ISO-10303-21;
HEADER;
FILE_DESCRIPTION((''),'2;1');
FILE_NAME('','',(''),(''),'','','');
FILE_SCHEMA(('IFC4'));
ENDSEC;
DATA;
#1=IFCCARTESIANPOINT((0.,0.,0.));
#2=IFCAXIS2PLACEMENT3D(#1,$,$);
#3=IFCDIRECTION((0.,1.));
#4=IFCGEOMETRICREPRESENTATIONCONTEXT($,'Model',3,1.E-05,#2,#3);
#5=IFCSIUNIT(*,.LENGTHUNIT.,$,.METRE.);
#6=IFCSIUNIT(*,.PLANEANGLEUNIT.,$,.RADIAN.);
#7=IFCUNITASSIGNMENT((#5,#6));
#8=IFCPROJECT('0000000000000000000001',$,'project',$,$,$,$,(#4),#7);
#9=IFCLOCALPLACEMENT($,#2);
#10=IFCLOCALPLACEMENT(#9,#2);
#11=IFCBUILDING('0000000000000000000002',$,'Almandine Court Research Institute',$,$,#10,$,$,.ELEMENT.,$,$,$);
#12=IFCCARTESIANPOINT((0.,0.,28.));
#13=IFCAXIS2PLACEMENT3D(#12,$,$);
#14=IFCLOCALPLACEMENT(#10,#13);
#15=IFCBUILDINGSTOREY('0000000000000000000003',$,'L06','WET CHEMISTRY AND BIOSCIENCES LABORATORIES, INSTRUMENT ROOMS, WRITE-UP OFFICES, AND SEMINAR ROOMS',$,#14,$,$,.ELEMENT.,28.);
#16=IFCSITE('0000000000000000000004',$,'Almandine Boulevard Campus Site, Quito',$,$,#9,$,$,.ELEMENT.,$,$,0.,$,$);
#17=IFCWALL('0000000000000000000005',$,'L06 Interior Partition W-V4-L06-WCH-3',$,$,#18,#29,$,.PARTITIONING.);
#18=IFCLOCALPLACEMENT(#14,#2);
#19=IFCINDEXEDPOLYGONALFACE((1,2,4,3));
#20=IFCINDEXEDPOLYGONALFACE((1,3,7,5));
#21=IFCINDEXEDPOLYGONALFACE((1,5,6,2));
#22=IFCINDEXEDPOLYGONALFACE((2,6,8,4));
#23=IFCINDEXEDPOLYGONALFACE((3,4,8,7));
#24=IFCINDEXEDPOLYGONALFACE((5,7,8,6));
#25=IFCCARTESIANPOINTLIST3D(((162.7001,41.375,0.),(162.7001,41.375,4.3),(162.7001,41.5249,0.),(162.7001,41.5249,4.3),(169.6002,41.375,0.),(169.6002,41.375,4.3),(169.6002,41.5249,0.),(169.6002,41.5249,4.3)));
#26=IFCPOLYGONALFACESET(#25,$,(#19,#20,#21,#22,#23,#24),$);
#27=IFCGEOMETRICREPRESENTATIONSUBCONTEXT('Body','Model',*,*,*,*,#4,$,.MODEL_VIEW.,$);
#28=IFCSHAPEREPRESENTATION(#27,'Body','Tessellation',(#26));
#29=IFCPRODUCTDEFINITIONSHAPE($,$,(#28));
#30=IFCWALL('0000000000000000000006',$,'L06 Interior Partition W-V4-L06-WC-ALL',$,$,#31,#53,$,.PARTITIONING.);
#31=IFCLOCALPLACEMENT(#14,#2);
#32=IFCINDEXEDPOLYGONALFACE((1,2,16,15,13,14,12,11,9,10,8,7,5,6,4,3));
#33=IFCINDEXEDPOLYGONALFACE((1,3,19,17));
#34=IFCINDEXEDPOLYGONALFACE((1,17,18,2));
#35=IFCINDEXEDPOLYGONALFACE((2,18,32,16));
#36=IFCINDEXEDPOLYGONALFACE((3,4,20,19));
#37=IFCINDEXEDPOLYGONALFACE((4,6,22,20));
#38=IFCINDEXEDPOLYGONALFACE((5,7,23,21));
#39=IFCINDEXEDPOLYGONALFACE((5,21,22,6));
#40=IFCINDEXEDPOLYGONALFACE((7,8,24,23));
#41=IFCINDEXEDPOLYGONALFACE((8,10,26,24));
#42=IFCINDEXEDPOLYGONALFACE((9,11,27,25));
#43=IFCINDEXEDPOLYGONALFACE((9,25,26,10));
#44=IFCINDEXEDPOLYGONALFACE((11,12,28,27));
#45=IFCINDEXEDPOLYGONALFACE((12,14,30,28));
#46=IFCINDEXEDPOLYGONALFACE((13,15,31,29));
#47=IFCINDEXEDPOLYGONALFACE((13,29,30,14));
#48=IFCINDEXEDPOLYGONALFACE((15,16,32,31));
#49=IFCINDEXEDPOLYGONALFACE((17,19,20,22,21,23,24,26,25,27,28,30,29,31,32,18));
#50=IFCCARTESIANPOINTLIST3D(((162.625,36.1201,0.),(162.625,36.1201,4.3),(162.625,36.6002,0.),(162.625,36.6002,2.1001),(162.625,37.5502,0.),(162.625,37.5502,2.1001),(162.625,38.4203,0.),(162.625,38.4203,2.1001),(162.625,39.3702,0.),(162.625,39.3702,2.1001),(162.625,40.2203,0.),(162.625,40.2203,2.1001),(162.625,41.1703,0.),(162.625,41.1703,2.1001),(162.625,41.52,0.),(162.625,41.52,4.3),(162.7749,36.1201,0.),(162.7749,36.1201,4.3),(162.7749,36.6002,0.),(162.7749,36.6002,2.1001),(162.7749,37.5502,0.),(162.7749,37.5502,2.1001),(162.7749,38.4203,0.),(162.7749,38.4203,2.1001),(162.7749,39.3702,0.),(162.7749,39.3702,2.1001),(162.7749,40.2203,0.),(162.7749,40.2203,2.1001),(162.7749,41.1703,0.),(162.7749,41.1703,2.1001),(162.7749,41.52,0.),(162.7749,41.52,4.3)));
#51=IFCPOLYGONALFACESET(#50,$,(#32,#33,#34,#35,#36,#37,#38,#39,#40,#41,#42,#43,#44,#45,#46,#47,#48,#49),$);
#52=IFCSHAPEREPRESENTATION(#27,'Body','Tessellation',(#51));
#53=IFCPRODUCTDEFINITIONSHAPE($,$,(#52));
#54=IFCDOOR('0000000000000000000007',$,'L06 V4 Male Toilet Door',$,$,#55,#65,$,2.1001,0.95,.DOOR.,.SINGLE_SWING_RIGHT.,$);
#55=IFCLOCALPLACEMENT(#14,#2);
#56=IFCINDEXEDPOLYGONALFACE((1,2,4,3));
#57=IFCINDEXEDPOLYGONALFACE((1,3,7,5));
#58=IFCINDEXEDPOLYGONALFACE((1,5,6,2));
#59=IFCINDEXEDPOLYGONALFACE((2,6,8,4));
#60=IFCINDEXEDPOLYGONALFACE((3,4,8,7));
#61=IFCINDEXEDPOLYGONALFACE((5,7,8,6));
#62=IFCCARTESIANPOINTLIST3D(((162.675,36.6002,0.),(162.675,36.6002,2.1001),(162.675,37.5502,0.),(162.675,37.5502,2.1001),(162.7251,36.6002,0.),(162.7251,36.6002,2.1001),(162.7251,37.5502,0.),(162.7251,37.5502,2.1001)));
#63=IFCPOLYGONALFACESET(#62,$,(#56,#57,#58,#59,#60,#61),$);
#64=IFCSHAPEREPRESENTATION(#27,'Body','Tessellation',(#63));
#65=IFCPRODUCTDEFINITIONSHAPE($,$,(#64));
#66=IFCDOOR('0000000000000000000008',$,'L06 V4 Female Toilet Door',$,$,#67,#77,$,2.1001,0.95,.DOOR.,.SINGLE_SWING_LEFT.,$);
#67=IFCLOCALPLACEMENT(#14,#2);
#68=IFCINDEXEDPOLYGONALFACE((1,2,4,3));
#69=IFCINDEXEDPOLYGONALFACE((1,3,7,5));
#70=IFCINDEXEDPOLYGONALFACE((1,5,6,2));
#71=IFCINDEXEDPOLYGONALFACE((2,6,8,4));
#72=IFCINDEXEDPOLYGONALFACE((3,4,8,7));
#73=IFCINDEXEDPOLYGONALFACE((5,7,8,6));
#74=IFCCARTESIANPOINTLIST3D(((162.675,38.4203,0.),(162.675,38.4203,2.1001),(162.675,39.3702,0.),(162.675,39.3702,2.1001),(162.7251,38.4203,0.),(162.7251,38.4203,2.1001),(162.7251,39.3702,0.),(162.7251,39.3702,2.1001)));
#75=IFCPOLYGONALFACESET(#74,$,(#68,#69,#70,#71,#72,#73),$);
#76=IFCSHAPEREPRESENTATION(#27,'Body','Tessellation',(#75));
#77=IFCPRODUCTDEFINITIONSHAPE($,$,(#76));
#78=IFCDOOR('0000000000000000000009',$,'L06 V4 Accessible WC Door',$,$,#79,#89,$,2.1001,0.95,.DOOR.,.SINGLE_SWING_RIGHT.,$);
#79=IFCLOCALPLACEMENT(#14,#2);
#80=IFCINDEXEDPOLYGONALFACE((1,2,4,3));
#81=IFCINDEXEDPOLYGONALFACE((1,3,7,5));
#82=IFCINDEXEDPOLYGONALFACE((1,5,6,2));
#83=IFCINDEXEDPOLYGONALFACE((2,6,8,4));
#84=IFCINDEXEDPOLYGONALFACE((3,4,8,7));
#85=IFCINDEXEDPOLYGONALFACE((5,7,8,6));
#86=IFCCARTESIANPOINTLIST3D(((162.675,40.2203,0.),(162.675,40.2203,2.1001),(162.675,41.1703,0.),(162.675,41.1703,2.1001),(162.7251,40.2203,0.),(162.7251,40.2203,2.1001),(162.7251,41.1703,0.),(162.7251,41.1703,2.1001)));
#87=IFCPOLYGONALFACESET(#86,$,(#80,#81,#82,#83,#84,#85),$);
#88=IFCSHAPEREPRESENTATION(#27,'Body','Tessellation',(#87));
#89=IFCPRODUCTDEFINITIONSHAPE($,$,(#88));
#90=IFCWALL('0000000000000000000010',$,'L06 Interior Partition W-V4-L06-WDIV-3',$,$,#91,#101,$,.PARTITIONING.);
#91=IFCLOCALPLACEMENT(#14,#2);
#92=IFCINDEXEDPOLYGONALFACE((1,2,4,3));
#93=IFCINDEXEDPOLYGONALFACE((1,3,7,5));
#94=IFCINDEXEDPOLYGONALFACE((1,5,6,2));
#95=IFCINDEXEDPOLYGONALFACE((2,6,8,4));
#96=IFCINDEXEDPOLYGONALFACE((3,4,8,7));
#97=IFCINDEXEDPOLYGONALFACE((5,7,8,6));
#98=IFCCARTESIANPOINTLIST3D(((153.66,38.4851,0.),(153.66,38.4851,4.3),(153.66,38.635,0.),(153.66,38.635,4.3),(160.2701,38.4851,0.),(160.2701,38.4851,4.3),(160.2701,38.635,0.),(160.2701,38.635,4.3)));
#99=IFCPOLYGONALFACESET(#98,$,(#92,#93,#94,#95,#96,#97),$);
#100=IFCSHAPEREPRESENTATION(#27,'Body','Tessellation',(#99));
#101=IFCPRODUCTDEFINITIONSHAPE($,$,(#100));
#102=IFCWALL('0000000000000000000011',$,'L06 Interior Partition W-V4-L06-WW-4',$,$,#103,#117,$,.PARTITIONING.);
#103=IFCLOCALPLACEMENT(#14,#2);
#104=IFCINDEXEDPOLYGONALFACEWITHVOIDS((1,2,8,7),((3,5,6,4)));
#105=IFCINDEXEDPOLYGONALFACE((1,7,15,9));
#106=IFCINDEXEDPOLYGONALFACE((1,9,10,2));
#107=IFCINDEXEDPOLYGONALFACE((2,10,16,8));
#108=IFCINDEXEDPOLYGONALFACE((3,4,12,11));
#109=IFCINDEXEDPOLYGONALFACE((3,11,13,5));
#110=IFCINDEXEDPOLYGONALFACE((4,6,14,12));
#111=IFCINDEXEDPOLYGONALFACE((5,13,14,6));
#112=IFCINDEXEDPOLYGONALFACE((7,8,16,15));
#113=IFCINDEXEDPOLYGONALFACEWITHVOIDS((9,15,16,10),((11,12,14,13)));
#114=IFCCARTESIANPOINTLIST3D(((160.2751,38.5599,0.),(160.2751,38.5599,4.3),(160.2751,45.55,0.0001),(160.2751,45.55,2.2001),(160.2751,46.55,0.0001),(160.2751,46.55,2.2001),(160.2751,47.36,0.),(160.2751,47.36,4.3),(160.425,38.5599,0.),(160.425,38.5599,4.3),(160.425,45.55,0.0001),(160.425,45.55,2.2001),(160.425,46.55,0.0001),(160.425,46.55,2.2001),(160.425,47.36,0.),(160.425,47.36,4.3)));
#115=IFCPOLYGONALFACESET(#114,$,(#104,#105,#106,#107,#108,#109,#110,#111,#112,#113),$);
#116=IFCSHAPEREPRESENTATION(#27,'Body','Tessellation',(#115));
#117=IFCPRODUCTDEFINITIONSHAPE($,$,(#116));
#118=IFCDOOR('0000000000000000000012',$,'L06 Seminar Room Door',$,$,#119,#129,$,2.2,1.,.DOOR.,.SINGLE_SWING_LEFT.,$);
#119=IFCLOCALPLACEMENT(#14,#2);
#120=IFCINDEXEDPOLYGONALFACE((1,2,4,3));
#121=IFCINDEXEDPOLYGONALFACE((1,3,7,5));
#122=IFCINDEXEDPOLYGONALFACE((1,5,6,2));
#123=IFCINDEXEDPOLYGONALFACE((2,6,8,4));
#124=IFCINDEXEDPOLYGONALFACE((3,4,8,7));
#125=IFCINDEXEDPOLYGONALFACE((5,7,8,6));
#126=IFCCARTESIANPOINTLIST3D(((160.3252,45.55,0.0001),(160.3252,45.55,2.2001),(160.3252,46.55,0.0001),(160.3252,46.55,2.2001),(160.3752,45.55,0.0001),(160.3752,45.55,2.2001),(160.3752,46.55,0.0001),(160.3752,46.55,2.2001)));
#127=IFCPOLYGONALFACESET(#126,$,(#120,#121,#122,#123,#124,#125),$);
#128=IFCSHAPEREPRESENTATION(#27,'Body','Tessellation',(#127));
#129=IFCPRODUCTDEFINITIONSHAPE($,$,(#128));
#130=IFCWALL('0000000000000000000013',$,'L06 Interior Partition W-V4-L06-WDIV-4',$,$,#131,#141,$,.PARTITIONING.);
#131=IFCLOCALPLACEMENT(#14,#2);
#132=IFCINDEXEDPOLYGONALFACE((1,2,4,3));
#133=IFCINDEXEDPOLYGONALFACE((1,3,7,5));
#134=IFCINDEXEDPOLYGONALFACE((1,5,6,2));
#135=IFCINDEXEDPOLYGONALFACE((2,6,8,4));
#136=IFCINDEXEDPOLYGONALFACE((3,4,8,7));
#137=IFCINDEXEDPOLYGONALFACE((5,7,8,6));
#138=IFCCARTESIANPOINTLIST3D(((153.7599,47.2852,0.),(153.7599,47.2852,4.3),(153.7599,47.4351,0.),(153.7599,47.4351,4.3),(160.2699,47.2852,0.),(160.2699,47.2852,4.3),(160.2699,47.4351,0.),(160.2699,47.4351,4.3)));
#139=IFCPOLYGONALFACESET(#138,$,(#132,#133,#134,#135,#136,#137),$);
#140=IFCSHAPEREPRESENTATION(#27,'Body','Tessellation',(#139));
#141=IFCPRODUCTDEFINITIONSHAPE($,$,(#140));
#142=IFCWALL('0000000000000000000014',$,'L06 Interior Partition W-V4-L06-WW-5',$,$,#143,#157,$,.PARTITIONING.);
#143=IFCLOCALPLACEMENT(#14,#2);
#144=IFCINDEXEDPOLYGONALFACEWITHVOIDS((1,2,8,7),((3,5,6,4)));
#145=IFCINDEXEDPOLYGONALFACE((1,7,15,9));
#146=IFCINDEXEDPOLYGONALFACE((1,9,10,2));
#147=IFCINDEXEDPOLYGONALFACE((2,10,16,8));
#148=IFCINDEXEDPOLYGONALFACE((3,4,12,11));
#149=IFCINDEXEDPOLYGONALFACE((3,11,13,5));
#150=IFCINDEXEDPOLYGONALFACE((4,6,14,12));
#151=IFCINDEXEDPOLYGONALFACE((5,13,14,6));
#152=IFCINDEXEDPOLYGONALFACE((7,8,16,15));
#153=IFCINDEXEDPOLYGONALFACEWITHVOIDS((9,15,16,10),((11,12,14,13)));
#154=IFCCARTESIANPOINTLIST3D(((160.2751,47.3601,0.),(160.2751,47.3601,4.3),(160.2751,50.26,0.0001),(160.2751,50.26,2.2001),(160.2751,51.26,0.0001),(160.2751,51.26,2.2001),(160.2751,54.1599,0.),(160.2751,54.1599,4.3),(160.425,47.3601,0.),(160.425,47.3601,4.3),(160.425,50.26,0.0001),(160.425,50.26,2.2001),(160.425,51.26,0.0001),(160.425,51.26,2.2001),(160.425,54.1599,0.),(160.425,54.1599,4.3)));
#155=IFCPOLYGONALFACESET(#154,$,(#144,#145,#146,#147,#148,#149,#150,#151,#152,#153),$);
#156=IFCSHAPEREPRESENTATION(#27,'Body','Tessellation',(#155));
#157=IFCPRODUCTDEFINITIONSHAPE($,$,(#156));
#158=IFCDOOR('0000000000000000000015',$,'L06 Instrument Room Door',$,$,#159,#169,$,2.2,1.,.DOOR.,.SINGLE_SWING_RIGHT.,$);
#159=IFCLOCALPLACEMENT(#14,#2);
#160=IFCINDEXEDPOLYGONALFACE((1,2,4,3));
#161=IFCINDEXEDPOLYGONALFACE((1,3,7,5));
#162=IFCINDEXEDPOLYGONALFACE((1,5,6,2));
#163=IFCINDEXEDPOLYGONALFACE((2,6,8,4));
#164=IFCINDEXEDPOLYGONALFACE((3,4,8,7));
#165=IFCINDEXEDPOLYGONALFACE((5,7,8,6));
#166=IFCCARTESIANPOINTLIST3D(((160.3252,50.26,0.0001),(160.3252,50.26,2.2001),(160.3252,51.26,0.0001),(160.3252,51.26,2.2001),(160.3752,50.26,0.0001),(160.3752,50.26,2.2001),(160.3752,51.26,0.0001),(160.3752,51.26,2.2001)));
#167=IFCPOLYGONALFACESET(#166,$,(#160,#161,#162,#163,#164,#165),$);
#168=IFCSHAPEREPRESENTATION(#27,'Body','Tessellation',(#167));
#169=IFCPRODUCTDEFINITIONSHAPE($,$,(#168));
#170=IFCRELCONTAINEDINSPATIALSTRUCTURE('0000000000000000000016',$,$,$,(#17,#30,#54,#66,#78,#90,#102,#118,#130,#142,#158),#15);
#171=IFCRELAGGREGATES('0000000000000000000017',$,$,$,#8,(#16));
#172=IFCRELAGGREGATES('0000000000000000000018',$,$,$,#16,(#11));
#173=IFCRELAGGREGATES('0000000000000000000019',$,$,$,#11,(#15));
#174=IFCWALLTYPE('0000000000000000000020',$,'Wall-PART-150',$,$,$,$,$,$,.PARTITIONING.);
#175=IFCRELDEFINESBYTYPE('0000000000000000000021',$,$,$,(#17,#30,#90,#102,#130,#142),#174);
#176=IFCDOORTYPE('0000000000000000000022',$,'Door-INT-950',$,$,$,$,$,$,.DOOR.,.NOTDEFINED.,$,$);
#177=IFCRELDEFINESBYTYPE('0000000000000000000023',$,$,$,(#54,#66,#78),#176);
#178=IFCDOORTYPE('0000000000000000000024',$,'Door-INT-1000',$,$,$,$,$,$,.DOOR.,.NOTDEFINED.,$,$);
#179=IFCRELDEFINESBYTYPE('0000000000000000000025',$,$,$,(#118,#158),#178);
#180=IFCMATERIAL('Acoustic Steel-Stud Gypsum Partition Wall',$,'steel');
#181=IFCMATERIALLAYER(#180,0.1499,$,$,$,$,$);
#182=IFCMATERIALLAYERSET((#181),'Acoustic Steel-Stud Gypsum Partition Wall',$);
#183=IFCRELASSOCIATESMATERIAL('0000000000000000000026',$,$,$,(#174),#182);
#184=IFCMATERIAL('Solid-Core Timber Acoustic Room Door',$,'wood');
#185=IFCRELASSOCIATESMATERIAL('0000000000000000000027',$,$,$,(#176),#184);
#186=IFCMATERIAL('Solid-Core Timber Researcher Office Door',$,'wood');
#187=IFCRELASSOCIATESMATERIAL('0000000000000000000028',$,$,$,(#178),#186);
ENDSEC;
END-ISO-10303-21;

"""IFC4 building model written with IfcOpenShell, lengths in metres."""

from ifc_helpers import new_model, si_unit, direction, frame, frame_2d, origin, place, context, subcontext, project, spatial, rectangle, extrude, material, layer, layer_set, type_object, element, fill, save


model = new_model("IFC4")

# Units and contexts
model_context = context("Model", 3, precision=1e-05, world=origin(), true_north=direction((0.0, 1.0)))
body_context = subcontext(model_context, "Body", "Model", "MODEL_VIEW")
ifc_project = project(units=[si_unit("LENGTHUNIT", "METRE"), si_unit("PLANEANGLEUNIT", "RADIAN")], contexts=[model_context])

# Site, building, storey
site_placement = place(None, origin())
site = spatial("IfcSite", under=ifc_project, at=site_placement, Name="Almandine Boulevard Campus Site, Quito", CompositionType="ELEMENT", RefElevation=0.0)
building_placement = place(site_placement, origin())
building = spatial("IfcBuilding", under=site, at=building_placement, Name="Almandine Court Research Institute", CompositionType="ELEMENT")
storey_placement = place(building_placement, frame((0.0, 0.0, 28.0)))
storey = spatial("IfcBuildingStorey", under=building, at=storey_placement, Name="L06", Description="WET CHEMISTRY AND BIOSCIENCES LABORATORIES, INSTRUMENT ROOMS, WRITE-UP OFFICES, AND SEMINAR ROOMS", CompositionType="ELEMENT", Elevation=28.0)

# Wall
ifc_material_1 = material(Name="Acoustic Steel-Stud Gypsum Partition Wall", Category="steel")
ifc_layer_1 = layer(ifc_material_1, 0.1499)
ifc_layer_set_1 = layer_set([ifc_layer_1], Name="Acoustic Steel-Stud Gypsum Partition Wall")
wall_type_1 = type_object("IfcWallType", Name="Wall-PART-150", PredefinedType="PARTITIONING", material=ifc_layer_set_1)
for number, where, z_axis, x_axis, name in (
    (1, (162.7, 41.45, 0.0), (0.0, 0.0, 1.0), (1.0, 0.0, 0.0), "L06 Interior Partition W-V4-L06-WCH-3"),
):
    element("IfcWall", number, at=place(storey_placement, frame(where, z_axis=z_axis, x_axis=x_axis)), inside=storey, type_object=wall_type_1, Name=name, PredefinedType="PARTITIONING", context=body_context, shape_type="SweptSolid", body=[
        extrude(rectangle(XDim=6.9001, YDim=0.1499, at=frame_2d((3.4502, 0.0))), origin(), (0.0, 0.0, 1.0), 4.3),
    ])

# Wall, openings, doors
wall_1_placement = place(storey_placement, frame((162.7, 36.1201, 0.0), z_axis=(0.0, 0.0, 1.0), x_axis=(0.0, 1.0, 0.0)))
wall_1 = element("IfcWall", 2, at=wall_1_placement, inside=storey, type_object=wall_type_1, Name="L06 Interior Partition W-V4-L06-WC-ALL", PredefinedType="PARTITIONING", context=body_context, shape_type="SweptSolid", body=[
    extrude(rectangle(XDim=5.3999, YDim=0.1499, at=frame_2d((2.7, 0.0))), origin(), (0.0, 0.0, 1.0), 4.3),
])
opening_1_placement = place(wall_1_placement, frame((0.48, 0.0, 0.0)))
opening_1 = element("IfcOpeningElement", 3, at=opening_1_placement, cuts=wall_1, PredefinedType="OPENING", context=body_context, shape_type="SweptSolid", body=[
    extrude(rectangle(XDim=0.95, YDim=2.1001, at=frame_2d((0.4751, 1.05))), frame((0.0, 0.085, 0.0), z_axis=(0.0, -1.0, 0.0), x_axis=(1.0, 0.0, 0.0)), (0.0, 0.0, 1.0), 0.1699),
])
opening_2_placement = place(wall_1_placement, frame((2.3, 0.0, 0.0)))
opening_2 = element("IfcOpeningElement", 4, at=opening_2_placement, cuts=wall_1, PredefinedType="OPENING", context=body_context, shape_type="SweptSolid", body=[
    extrude(rectangle(XDim=0.95, YDim=2.1001, at=frame_2d((0.4751, 1.05))), frame((0.0, 0.085, 0.0), z_axis=(0.0, -1.0, 0.0), x_axis=(1.0, 0.0, 0.0)), (0.0, 0.0, 1.0), 0.1699),
])
opening_3_placement = place(wall_1_placement, frame((4.1001, 0.0, 0.0)))
opening_3 = element("IfcOpeningElement", 5, at=opening_3_placement, cuts=wall_1, PredefinedType="OPENING", context=body_context, shape_type="SweptSolid", body=[
    extrude(rectangle(XDim=0.95, YDim=2.1001, at=frame_2d((0.4751, 1.05))), frame((0.0, 0.085, 0.0), z_axis=(0.0, -1.0, 0.0), x_axis=(1.0, 0.0, 0.0)), (0.0, 0.0, 1.0), 0.1699),
])
ifc_material_2 = material(Name="Solid-Core Timber Acoustic Room Door", Category="wood")
door_type_1 = type_object("IfcDoorType", Name="Door-INT-950", OperationType="NOTDEFINED", PredefinedType="DOOR", material=ifc_material_2)
door_1_placement = place(opening_1_placement, origin())
door_1 = element("IfcDoor", 6, at=door_1_placement, inside=storey, type_object=door_type_1, Name="L06 V4 Male Toilet Door", OperationType="SINGLE_SWING_RIGHT", OverallHeight=2.1001, OverallWidth=0.95, PredefinedType="DOOR", context=body_context, shape_type="SweptSolid", body=[
    extrude(rectangle(XDim=0.95, YDim=2.1001, at=frame_2d((0.4751, 1.05))), frame((0.0, 0.0249, 0.0), z_axis=(0.0, -1.0, 0.0), x_axis=(1.0, 0.0, 0.0)), (0.0, 0.0, 1.0), 0.05),
])
fill(opening_1, door_1)
door_2_placement = place(opening_2_placement, origin())
door_2 = element("IfcDoor", 7, at=door_2_placement, inside=storey, type_object=door_type_1, Name="L06 V4 Female Toilet Door", OperationType="SINGLE_SWING_LEFT", OverallHeight=2.1001, OverallWidth=0.95, PredefinedType="DOOR", context=body_context, shape_type="SweptSolid", body=[
    extrude(rectangle(XDim=0.95, YDim=2.1001, at=frame_2d((0.4751, 1.05))), frame((0.0, 0.0249, 0.0), z_axis=(0.0, -1.0, 0.0), x_axis=(1.0, 0.0, 0.0)), (0.0, 0.0, 1.0), 0.05),
])
fill(opening_2, door_2)
door_3_placement = place(opening_3_placement, origin())
door_3 = element("IfcDoor", 8, at=door_3_placement, inside=storey, type_object=door_type_1, Name="L06 V4 Accessible WC Door", OperationType="SINGLE_SWING_RIGHT", OverallHeight=2.1001, OverallWidth=0.95, PredefinedType="DOOR", context=body_context, shape_type="SweptSolid", body=[
    extrude(rectangle(XDim=0.95, YDim=2.1001, at=frame_2d((0.4751, 1.05))), frame((0.0, 0.0249, 0.0), z_axis=(0.0, -1.0, 0.0), x_axis=(1.0, 0.0, 0.0)), (0.0, 0.0, 1.0), 0.05),
])
fill(opening_3, door_3)

# Wall
wall_2_placement = place(storey_placement, frame((153.6599, 38.5601, 0.0), z_axis=(0.0, 0.0, 1.0), x_axis=(1.0, 0.0, 0.0)))
element("IfcWall", 9, at=wall_2_placement, inside=storey, type_object=wall_type_1, Name="L06 Interior Partition W-V4-L06-WDIV-3", PredefinedType="PARTITIONING", context=body_context, shape_type="SweptSolid", body=[
    extrude(rectangle(XDim=6.6101, YDim=0.1499, at=frame_2d((3.3052, 0.0))), origin(), (0.0, 0.0, 1.0), 4.3),
])

# Wall, opening, door
wall_3_placement = place(storey_placement, frame((160.3501, 38.5601, 0.0), z_axis=(0.0, 0.0, 1.0), x_axis=(0.0, 1.0, 0.0)))
wall_3 = element("IfcWall", 10, at=wall_3_placement, inside=storey, type_object=wall_type_1, Name="L06 Interior Partition W-V4-L06-WW-4", PredefinedType="PARTITIONING", context=body_context, shape_type="SweptSolid", body=[
    extrude(rectangle(XDim=8.8, YDim=0.1499, at=frame_2d((4.3999, 0.0))), origin(), (0.0, 0.0, 1.0), 4.3),
])
opening_4_placement = place(wall_3_placement, frame((6.99, 0.0, 0.0)))
opening_4 = element("IfcOpeningElement", 11, at=opening_4_placement, cuts=wall_3, PredefinedType="OPENING", context=body_context, shape_type="SweptSolid", body=[
    extrude(rectangle(XDim=1.0, YDim=2.2, at=frame_2d((0.5, 1.1001))), frame((0.0, 0.085, 0.0), z_axis=(0.0, -1.0, 0.0), x_axis=(1.0, 0.0, 0.0)), (0.0, 0.0, 1.0), 0.1699),
])
ifc_material_3 = material(Name="Solid-Core Timber Researcher Office Door", Category="wood")
door_type_2 = type_object("IfcDoorType", Name="Door-INT-1000", OperationType="NOTDEFINED", PredefinedType="DOOR", material=ifc_material_3)
door_4_placement = place(opening_4_placement, origin())
door_4 = element("IfcDoor", 12, at=door_4_placement, inside=storey, type_object=door_type_2, Name="L06 Seminar Room Door", OperationType="SINGLE_SWING_LEFT", OverallHeight=2.2, OverallWidth=1.0, PredefinedType="DOOR", context=body_context, shape_type="SweptSolid", body=[
    extrude(rectangle(XDim=1.0, YDim=2.2, at=frame_2d((0.5, 1.1001))), frame((0.0, 0.0249, 0.0), z_axis=(0.0, -1.0, 0.0), x_axis=(1.0, 0.0, 0.0)), (0.0, 0.0, 1.0), 0.05),
])
fill(opening_4, door_4)

# Wall
wall_4_placement = place(storey_placement, frame((153.76, 47.3601, 0.0), z_axis=(0.0, 0.0, 1.0), x_axis=(1.0, 0.0, 0.0)))
element("IfcWall", 13, at=wall_4_placement, inside=storey, type_object=wall_type_1, Name="L06 Interior Partition W-V4-L06-WDIV-4", PredefinedType="PARTITIONING", context=body_context, shape_type="SweptSolid", body=[
    extrude(rectangle(XDim=6.51, YDim=0.1499, at=frame_2d((3.2549, 0.0))), origin(), (0.0, 0.0, 1.0), 4.3),
])

# Wall, opening, door
wall_5_placement = place(storey_placement, frame((160.3501, 47.3601, 0.0), z_axis=(0.0, 0.0, 1.0), x_axis=(0.0, 1.0, 0.0)))
wall_5 = element("IfcWall", 14, at=wall_5_placement, inside=storey, type_object=wall_type_1, Name="L06 Interior Partition W-V4-L06-WW-5", PredefinedType="PARTITIONING", context=body_context, shape_type="SweptSolid", body=[
    extrude(rectangle(XDim=6.7998, YDim=0.1499, at=frame_2d((3.3999, 0.0))), origin(), (0.0, 0.0, 1.0), 4.3),
])
opening_5_placement = place(wall_5_placement, frame((2.8999, 0.0, 0.0)))
opening_5 = element("IfcOpeningElement", 15, at=opening_5_placement, cuts=wall_5, PredefinedType="OPENING", context=body_context, shape_type="SweptSolid", body=[
    extrude(rectangle(XDim=1.0, YDim=2.2, at=frame_2d((0.5, 1.1001))), frame((0.0, 0.085, 0.0), z_axis=(0.0, -1.0, 0.0), x_axis=(1.0, 0.0, 0.0)), (0.0, 0.0, 1.0), 0.1699),
])
door_5_placement = place(opening_5_placement, origin())
door_5 = element("IfcDoor", 16, at=door_5_placement, inside=storey, type_object=door_type_2, Name="L06 Instrument Room Door", OperationType="SINGLE_SWING_RIGHT", OverallHeight=2.2, OverallWidth=1.0, PredefinedType="DOOR", context=body_context, shape_type="SweptSolid", body=[
    extrude(rectangle(XDim=1.0, YDim=2.2, at=frame_2d((0.5, 1.1001))), frame((0.0, 0.0249, 0.0), z_axis=(0.0, -1.0, 0.0), x_axis=(1.0, 0.0, 0.0)), (0.0, 0.0, 1.0), 0.05),
])
fill(opening_5, door_5)

save(model, "model.ifc")
